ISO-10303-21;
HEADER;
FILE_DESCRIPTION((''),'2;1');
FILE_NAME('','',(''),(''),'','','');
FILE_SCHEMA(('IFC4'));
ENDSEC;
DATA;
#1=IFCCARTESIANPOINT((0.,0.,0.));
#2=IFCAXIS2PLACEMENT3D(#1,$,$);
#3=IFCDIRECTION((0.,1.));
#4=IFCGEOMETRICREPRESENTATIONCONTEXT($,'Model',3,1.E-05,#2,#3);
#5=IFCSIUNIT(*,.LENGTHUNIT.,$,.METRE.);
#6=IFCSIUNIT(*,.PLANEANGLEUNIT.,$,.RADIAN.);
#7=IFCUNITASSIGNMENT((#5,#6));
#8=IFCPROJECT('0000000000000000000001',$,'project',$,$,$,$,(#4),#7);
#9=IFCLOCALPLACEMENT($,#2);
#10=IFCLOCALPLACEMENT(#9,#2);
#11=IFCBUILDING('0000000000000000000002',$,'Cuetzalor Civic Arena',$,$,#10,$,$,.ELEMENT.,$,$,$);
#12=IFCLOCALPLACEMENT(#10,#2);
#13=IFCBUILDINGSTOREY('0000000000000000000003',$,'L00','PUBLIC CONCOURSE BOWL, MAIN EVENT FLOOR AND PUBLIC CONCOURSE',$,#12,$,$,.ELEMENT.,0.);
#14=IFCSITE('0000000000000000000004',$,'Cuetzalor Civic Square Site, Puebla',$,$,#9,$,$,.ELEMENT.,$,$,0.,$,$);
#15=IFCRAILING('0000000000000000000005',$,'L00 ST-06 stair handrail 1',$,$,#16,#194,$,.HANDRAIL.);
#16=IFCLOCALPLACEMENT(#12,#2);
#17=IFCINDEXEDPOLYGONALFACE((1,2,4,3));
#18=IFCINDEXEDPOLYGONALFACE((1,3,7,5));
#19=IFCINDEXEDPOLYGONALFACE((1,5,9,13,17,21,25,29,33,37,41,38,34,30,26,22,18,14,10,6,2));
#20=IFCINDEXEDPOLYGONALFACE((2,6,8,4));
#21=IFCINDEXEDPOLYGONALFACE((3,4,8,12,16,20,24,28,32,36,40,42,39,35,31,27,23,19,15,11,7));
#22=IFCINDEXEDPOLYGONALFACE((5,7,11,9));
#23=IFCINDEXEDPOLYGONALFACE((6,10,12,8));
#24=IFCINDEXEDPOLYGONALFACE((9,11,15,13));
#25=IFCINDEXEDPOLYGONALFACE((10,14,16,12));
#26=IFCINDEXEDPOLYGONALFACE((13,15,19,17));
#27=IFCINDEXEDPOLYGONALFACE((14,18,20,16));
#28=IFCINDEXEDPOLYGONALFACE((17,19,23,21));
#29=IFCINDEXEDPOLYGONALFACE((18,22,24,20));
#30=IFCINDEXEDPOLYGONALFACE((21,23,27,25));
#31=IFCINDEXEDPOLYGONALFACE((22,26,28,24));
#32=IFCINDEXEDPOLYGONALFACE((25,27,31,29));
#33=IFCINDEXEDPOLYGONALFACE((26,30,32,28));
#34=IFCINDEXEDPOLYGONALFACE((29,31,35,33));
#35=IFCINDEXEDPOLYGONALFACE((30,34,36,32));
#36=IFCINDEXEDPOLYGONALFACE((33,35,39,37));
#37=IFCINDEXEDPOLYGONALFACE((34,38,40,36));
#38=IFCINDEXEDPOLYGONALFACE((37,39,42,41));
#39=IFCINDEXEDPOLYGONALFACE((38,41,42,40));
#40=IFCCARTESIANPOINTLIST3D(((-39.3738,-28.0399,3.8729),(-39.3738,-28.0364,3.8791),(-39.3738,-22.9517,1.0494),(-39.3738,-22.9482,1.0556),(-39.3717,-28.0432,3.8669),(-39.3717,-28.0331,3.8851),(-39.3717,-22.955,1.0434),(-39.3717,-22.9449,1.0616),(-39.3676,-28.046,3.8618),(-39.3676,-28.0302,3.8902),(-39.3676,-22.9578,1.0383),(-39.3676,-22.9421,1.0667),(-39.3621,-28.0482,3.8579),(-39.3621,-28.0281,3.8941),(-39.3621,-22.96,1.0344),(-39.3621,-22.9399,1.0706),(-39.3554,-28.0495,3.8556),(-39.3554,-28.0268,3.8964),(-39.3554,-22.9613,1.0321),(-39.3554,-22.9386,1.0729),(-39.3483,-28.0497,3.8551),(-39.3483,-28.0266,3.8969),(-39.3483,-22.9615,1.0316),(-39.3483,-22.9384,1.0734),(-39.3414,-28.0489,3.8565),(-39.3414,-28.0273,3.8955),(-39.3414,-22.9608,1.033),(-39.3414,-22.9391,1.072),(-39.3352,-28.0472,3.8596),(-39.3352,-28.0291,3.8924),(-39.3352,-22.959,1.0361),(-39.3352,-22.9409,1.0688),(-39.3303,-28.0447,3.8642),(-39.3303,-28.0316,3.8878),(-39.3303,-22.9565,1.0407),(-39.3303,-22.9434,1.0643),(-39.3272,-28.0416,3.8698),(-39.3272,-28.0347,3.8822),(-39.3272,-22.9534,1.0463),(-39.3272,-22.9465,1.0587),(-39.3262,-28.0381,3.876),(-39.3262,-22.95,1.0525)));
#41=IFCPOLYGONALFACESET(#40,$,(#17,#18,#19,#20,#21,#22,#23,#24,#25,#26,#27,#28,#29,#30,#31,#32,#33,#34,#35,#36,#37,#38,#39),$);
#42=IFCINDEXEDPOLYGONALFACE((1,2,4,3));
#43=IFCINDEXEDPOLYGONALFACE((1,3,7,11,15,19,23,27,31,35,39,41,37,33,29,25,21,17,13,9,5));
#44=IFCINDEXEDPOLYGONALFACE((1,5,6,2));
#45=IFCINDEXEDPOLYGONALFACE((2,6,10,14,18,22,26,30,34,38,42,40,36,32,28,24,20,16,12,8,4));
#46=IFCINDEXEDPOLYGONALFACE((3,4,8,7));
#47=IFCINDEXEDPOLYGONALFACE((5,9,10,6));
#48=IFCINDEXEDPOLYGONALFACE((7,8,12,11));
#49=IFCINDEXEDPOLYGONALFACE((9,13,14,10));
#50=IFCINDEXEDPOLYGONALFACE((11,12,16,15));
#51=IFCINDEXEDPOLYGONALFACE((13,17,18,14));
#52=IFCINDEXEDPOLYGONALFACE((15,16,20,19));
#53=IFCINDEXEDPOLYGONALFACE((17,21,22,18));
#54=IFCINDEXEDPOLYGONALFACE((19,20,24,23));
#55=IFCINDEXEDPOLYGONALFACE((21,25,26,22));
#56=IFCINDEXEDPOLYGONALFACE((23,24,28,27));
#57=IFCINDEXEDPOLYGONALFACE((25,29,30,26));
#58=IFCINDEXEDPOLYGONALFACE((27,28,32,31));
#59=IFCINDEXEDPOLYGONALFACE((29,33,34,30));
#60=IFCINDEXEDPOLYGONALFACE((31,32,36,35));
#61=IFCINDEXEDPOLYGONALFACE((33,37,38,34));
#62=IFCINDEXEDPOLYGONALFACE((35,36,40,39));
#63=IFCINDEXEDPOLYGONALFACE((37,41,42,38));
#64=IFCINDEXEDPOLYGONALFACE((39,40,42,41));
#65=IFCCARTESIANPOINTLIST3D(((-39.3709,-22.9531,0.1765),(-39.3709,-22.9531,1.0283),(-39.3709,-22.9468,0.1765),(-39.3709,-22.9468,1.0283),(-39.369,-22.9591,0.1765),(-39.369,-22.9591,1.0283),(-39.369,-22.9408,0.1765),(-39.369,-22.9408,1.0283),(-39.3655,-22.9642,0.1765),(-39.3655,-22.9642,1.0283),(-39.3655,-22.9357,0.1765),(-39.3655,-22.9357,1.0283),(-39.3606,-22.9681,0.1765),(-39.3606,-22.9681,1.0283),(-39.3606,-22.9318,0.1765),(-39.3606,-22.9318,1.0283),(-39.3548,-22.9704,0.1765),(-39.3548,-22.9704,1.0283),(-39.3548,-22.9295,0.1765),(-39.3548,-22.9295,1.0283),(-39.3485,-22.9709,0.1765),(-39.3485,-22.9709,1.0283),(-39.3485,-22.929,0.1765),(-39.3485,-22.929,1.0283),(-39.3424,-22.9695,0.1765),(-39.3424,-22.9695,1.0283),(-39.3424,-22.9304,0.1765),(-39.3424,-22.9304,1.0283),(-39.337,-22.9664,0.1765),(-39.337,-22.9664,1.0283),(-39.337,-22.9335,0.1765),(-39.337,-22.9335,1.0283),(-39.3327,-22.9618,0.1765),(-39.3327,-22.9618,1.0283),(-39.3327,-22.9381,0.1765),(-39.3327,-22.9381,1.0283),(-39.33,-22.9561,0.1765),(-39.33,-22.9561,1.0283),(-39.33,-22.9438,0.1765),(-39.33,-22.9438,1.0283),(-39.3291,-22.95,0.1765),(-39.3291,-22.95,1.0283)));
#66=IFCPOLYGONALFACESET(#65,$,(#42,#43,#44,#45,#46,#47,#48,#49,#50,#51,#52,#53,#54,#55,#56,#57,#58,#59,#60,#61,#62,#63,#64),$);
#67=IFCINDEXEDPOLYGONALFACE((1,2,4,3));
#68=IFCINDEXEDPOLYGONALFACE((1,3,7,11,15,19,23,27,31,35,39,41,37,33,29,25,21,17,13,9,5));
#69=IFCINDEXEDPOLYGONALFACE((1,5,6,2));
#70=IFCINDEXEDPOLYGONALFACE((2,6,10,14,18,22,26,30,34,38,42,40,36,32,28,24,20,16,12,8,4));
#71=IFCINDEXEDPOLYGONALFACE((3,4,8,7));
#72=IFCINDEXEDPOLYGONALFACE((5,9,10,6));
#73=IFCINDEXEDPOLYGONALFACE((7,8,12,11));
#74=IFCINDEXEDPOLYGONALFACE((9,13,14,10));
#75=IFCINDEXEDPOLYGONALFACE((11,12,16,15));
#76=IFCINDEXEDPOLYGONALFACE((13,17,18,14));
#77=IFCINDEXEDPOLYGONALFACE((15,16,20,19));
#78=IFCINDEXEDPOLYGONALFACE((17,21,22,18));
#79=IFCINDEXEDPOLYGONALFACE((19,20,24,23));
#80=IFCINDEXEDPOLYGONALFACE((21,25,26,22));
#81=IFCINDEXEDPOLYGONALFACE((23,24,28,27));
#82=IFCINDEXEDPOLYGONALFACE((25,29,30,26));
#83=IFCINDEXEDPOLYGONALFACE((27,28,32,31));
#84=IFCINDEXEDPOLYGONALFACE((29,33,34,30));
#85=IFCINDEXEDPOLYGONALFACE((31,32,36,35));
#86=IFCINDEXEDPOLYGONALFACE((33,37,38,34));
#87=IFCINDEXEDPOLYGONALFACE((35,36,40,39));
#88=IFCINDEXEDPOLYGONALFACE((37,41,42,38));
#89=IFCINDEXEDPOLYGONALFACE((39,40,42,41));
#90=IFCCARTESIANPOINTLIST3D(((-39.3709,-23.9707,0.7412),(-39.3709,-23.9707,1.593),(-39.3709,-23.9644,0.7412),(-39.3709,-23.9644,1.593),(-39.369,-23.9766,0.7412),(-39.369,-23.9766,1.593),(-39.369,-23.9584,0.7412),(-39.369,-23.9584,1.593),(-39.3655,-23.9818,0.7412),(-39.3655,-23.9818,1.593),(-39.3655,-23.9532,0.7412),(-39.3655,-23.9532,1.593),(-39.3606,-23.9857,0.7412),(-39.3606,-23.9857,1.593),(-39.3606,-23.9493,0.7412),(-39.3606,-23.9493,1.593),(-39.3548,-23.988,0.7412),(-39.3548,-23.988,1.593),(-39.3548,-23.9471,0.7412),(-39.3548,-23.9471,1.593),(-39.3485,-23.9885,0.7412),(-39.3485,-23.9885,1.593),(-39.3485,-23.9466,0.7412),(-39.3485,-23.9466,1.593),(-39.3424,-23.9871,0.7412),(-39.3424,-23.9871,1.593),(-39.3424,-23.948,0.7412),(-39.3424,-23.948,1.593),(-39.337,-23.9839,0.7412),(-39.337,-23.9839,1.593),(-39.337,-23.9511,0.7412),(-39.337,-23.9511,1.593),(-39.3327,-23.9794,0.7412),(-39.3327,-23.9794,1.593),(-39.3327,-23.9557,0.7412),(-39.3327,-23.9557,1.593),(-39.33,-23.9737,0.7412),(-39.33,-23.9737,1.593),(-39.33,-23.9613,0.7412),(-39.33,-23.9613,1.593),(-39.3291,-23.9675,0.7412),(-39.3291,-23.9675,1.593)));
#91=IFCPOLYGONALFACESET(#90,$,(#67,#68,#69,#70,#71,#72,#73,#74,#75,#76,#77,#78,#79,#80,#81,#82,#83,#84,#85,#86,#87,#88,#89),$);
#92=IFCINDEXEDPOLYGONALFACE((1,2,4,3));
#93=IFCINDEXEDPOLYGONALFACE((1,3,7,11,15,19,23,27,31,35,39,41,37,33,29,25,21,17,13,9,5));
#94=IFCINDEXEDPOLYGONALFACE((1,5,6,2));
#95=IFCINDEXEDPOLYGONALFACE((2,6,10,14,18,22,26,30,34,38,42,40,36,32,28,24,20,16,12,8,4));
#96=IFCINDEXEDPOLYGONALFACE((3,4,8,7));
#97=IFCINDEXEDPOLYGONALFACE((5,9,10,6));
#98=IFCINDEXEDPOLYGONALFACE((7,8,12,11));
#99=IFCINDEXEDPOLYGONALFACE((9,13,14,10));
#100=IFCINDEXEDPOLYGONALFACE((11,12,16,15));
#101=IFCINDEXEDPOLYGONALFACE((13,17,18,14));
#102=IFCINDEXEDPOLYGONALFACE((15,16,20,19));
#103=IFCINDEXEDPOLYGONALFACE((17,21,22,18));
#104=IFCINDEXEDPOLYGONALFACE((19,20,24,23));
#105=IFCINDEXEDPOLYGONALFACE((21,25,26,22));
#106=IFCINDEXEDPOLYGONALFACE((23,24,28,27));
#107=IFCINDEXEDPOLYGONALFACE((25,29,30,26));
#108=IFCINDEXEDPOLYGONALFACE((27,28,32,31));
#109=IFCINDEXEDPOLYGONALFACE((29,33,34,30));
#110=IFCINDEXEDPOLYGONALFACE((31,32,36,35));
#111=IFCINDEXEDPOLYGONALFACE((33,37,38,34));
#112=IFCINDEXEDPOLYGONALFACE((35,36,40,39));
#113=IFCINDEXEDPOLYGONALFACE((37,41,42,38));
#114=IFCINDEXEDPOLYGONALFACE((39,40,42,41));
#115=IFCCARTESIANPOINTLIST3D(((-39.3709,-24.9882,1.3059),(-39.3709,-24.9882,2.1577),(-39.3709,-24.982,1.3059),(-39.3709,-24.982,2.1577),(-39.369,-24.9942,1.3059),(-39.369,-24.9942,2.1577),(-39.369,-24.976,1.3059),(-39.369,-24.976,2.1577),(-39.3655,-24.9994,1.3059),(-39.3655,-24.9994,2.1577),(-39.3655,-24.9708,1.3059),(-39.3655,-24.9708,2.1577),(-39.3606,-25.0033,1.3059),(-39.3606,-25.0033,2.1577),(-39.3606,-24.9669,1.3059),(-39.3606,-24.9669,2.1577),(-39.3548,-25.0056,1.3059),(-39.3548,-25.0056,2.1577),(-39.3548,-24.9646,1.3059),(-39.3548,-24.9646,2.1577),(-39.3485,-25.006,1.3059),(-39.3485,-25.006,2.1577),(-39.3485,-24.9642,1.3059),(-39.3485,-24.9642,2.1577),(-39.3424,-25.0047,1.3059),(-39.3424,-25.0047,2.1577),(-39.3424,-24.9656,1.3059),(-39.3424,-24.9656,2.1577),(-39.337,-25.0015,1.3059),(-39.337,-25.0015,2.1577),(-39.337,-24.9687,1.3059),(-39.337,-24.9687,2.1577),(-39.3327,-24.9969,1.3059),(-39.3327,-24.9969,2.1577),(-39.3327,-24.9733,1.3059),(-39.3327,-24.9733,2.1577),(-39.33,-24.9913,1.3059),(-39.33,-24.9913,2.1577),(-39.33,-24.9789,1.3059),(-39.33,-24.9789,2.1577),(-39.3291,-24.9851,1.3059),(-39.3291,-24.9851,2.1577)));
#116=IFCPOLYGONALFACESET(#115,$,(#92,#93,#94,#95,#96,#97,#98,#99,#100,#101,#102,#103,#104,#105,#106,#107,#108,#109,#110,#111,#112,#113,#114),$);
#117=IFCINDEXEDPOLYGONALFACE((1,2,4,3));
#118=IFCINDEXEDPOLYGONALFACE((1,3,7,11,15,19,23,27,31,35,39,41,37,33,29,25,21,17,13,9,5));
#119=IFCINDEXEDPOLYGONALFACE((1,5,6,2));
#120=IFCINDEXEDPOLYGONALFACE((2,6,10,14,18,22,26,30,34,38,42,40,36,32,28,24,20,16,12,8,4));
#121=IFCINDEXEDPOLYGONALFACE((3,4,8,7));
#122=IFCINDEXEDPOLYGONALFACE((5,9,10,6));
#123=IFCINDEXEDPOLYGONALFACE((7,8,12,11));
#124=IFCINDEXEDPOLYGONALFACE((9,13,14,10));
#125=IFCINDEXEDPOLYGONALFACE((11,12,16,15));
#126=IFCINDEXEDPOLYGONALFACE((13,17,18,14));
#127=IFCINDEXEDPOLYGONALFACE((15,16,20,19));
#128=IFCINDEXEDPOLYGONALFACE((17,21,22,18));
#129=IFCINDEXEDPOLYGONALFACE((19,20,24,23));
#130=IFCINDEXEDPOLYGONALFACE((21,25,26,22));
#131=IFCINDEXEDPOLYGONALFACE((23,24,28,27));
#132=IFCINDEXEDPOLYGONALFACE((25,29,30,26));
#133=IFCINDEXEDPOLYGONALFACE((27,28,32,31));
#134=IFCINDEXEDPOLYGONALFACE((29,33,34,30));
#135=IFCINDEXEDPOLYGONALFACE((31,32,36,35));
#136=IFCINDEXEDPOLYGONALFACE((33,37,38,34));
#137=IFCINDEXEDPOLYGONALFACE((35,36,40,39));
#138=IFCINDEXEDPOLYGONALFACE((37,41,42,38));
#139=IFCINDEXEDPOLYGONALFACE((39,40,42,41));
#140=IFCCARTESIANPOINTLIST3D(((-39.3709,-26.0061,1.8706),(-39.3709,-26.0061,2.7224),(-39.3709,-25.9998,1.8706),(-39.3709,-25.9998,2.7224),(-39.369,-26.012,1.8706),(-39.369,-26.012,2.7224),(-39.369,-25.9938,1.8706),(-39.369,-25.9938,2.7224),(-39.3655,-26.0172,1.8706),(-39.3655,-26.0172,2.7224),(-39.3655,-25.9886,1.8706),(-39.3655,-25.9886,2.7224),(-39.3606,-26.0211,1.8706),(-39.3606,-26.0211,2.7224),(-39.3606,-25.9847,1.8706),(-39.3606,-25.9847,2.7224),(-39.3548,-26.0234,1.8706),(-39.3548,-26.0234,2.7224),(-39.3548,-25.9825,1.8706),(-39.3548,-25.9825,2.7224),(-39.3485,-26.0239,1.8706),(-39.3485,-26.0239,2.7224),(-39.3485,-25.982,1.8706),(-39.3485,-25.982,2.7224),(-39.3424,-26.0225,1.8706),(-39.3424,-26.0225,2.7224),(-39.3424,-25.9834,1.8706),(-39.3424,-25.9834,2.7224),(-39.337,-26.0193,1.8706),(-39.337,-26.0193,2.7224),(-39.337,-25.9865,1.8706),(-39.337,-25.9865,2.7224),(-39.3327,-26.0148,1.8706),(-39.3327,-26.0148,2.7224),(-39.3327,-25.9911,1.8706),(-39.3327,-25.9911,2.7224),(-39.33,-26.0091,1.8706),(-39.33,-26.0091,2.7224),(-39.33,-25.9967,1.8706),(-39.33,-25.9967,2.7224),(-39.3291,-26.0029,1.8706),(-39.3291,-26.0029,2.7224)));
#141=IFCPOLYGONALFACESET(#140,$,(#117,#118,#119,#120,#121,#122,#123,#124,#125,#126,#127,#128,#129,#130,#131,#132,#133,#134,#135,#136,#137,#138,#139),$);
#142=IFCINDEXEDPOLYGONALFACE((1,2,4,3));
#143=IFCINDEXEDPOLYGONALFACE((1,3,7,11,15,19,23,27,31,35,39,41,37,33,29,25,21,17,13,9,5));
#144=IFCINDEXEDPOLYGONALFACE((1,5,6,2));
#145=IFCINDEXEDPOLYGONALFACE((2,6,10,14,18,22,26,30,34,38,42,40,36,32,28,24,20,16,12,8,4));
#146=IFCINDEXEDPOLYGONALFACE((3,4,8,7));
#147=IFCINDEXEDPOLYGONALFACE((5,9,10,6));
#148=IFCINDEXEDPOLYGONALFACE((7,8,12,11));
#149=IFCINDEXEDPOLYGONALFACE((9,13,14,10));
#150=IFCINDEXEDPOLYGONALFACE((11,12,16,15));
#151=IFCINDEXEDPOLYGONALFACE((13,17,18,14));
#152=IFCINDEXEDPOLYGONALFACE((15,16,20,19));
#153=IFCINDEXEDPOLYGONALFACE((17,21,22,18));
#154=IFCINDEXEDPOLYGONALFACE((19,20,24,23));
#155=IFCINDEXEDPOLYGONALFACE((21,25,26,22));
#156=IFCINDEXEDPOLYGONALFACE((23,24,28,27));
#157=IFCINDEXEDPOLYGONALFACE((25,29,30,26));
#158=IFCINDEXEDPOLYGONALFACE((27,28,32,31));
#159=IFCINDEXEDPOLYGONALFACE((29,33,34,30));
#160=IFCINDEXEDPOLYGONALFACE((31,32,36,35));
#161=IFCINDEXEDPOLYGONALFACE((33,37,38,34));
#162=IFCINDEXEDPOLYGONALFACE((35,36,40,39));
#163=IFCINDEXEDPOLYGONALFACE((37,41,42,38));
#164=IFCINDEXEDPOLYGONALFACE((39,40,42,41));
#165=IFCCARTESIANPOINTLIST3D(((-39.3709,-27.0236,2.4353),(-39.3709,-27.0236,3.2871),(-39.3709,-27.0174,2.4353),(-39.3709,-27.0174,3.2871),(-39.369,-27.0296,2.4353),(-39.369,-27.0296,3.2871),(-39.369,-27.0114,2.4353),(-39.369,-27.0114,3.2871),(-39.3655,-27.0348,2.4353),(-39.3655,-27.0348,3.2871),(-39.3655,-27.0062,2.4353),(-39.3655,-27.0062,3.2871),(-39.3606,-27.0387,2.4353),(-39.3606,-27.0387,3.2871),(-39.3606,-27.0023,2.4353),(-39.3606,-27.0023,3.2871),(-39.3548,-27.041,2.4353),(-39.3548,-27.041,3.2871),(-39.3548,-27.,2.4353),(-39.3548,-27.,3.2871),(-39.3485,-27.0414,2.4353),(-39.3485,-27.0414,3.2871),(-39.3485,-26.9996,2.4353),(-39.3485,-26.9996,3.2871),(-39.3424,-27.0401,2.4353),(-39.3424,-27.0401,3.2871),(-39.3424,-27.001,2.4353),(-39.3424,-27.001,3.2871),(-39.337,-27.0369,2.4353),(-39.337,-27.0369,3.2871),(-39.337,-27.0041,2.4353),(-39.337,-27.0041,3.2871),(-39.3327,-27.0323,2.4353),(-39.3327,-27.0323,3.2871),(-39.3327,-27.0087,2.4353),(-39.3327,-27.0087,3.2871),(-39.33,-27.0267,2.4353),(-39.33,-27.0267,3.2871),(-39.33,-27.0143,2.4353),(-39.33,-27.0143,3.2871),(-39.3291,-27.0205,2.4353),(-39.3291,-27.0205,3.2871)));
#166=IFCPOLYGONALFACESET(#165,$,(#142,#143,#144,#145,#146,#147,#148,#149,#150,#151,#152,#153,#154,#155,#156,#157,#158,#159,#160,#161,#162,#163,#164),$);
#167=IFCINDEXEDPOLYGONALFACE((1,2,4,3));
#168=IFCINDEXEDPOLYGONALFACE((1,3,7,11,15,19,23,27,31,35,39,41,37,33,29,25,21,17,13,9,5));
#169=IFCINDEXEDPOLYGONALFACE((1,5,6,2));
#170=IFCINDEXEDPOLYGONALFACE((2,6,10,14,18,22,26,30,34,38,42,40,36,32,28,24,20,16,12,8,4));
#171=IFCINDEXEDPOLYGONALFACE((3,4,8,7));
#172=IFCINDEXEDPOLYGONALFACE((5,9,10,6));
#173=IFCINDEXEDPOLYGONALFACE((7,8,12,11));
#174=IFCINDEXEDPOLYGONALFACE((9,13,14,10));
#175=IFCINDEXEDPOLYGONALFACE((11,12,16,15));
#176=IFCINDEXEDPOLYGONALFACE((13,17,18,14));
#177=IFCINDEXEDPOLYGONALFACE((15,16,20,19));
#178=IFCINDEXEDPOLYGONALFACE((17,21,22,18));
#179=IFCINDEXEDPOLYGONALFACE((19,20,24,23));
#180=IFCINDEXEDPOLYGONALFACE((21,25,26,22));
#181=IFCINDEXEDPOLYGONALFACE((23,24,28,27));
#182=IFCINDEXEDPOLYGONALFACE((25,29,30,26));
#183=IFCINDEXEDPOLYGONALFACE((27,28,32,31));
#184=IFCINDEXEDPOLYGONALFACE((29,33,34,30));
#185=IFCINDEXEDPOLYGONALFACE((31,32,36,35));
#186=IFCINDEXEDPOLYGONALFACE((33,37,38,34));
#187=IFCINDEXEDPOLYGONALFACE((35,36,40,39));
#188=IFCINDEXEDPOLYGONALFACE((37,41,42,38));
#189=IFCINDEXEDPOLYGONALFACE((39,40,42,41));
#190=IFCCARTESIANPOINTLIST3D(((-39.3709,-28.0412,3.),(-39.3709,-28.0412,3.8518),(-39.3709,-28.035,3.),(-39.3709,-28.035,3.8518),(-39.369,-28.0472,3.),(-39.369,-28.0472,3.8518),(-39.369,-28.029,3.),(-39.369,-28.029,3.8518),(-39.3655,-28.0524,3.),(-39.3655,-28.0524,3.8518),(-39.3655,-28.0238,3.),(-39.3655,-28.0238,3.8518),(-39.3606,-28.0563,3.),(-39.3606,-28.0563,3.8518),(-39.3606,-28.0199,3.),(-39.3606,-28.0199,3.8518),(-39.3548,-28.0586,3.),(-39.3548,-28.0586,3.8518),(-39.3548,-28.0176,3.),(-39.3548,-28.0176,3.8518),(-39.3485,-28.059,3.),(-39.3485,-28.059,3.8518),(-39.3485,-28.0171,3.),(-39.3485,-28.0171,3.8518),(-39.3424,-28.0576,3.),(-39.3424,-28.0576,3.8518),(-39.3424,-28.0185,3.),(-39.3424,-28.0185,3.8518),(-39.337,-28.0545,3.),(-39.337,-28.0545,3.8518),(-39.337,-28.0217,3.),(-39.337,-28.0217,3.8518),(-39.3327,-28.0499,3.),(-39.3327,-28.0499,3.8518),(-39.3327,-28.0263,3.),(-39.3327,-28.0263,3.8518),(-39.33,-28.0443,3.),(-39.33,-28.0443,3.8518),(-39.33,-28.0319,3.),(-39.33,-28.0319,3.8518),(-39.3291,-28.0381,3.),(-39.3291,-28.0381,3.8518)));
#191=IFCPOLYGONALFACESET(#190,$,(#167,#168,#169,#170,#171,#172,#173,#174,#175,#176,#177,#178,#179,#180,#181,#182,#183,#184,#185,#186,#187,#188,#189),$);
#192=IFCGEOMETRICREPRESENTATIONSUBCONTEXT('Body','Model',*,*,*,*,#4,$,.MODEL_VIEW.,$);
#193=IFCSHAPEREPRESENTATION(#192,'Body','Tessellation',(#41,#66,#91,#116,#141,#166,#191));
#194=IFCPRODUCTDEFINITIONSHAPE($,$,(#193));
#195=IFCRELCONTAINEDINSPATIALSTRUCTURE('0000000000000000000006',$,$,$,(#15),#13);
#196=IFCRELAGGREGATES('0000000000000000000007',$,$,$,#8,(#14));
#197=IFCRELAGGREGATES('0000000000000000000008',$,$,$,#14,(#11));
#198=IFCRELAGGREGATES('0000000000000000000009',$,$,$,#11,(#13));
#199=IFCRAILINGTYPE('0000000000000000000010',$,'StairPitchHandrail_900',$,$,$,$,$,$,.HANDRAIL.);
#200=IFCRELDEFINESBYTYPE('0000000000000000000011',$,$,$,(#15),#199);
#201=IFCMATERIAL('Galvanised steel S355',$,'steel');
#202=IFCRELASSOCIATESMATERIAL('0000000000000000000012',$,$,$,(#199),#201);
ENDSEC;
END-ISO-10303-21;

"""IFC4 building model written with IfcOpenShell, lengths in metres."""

from ifc_helpers import new_model, si_unit, direction, frame, origin, origin_2d, place, context, subcontext, project, spatial, circle, extrude, material, type_object, element, save


model = new_model("IFC4")

# Units and contexts
model_context = context("Model", 3, precision=1e-05, world=origin(), true_north=direction((0.0, 1.0)))
body_context = subcontext(model_context, "Body", "Model", "MODEL_VIEW")
ifc_project = project(units=[si_unit("LENGTHUNIT", "METRE"), si_unit("PLANEANGLEUNIT", "RADIAN")], contexts=[model_context])

# Site, building, storey
site_placement = place(None, origin())
site = spatial("IfcSite", under=ifc_project, at=site_placement, Name="Cuetzalor Civic Square Site, Puebla", CompositionType="ELEMENT", RefElevation=0.0)
building_placement = place(site_placement, origin())
building = spatial("IfcBuilding", under=site, at=building_placement, Name="Cuetzalor Civic Arena", CompositionType="ELEMENT")
storey_placement = place(building_placement, origin())
storey = spatial("IfcBuildingStorey", under=building, at=storey_placement, Name="L00", Description="PUBLIC CONCOURSE BOWL, MAIN EVENT FLOOR AND PUBLIC CONCOURSE", CompositionType="ELEMENT", Elevation=0.0)

# Railing
ifc_material_1 = material(Name="Galvanised steel S355", Category="steel")
railing_type = type_object("IfcRailingType", Name="StairPitchHandrail_900", PredefinedType="HANDRAIL", material=ifc_material_1)
railing_placement = place(storey_placement, frame((-39.3501, -22.95, 0.1765)))
element("IfcRailing", 1, at=railing_placement, inside=storey, type_object=railing_type, Name="L00 ST-06 stair handrail 1", PredefinedType="HANDRAIL", context=body_context, shape_type="SweptSolid", body=[
    extrude(circle(Radius=0.0239, at=origin_2d()), frame((0.0, 0.0, 0.876), z_axis=(0.0, -0.874395, 0.485215), x_axis=(1.0, 0.0, 0.0)), (0.0, 0.0, 1.0), 5.8191),
    extrude(circle(Radius=0.021, at=origin_2d()), origin(), (0.0, 0.0, 1.0), 0.8518),
    extrude(circle(Radius=0.021, at=origin_2d()), frame((0.0, -1.0176, 0.5647)), (0.0, 0.0, 1.0), 0.8518),
    extrude(circle(Radius=0.021, at=origin_2d()), frame((0.0, -2.0352, 1.1294)), (0.0, 0.0, 1.0), 0.8518),
    extrude(circle(Radius=0.021, at=origin_2d()), frame((0.0, -3.053, 1.6941)), (0.0, 0.0, 1.0), 0.8518),
    extrude(circle(Radius=0.021, at=origin_2d()), frame((0.0, -4.0706, 2.2588)), (0.0, 0.0, 1.0), 0.8518),
    extrude(circle(Radius=0.021, at=origin_2d()), frame((0.0, -5.0881, 2.8235)), (0.0, 0.0, 1.0), 0.8518),
])

save(model, "model.ifc")
